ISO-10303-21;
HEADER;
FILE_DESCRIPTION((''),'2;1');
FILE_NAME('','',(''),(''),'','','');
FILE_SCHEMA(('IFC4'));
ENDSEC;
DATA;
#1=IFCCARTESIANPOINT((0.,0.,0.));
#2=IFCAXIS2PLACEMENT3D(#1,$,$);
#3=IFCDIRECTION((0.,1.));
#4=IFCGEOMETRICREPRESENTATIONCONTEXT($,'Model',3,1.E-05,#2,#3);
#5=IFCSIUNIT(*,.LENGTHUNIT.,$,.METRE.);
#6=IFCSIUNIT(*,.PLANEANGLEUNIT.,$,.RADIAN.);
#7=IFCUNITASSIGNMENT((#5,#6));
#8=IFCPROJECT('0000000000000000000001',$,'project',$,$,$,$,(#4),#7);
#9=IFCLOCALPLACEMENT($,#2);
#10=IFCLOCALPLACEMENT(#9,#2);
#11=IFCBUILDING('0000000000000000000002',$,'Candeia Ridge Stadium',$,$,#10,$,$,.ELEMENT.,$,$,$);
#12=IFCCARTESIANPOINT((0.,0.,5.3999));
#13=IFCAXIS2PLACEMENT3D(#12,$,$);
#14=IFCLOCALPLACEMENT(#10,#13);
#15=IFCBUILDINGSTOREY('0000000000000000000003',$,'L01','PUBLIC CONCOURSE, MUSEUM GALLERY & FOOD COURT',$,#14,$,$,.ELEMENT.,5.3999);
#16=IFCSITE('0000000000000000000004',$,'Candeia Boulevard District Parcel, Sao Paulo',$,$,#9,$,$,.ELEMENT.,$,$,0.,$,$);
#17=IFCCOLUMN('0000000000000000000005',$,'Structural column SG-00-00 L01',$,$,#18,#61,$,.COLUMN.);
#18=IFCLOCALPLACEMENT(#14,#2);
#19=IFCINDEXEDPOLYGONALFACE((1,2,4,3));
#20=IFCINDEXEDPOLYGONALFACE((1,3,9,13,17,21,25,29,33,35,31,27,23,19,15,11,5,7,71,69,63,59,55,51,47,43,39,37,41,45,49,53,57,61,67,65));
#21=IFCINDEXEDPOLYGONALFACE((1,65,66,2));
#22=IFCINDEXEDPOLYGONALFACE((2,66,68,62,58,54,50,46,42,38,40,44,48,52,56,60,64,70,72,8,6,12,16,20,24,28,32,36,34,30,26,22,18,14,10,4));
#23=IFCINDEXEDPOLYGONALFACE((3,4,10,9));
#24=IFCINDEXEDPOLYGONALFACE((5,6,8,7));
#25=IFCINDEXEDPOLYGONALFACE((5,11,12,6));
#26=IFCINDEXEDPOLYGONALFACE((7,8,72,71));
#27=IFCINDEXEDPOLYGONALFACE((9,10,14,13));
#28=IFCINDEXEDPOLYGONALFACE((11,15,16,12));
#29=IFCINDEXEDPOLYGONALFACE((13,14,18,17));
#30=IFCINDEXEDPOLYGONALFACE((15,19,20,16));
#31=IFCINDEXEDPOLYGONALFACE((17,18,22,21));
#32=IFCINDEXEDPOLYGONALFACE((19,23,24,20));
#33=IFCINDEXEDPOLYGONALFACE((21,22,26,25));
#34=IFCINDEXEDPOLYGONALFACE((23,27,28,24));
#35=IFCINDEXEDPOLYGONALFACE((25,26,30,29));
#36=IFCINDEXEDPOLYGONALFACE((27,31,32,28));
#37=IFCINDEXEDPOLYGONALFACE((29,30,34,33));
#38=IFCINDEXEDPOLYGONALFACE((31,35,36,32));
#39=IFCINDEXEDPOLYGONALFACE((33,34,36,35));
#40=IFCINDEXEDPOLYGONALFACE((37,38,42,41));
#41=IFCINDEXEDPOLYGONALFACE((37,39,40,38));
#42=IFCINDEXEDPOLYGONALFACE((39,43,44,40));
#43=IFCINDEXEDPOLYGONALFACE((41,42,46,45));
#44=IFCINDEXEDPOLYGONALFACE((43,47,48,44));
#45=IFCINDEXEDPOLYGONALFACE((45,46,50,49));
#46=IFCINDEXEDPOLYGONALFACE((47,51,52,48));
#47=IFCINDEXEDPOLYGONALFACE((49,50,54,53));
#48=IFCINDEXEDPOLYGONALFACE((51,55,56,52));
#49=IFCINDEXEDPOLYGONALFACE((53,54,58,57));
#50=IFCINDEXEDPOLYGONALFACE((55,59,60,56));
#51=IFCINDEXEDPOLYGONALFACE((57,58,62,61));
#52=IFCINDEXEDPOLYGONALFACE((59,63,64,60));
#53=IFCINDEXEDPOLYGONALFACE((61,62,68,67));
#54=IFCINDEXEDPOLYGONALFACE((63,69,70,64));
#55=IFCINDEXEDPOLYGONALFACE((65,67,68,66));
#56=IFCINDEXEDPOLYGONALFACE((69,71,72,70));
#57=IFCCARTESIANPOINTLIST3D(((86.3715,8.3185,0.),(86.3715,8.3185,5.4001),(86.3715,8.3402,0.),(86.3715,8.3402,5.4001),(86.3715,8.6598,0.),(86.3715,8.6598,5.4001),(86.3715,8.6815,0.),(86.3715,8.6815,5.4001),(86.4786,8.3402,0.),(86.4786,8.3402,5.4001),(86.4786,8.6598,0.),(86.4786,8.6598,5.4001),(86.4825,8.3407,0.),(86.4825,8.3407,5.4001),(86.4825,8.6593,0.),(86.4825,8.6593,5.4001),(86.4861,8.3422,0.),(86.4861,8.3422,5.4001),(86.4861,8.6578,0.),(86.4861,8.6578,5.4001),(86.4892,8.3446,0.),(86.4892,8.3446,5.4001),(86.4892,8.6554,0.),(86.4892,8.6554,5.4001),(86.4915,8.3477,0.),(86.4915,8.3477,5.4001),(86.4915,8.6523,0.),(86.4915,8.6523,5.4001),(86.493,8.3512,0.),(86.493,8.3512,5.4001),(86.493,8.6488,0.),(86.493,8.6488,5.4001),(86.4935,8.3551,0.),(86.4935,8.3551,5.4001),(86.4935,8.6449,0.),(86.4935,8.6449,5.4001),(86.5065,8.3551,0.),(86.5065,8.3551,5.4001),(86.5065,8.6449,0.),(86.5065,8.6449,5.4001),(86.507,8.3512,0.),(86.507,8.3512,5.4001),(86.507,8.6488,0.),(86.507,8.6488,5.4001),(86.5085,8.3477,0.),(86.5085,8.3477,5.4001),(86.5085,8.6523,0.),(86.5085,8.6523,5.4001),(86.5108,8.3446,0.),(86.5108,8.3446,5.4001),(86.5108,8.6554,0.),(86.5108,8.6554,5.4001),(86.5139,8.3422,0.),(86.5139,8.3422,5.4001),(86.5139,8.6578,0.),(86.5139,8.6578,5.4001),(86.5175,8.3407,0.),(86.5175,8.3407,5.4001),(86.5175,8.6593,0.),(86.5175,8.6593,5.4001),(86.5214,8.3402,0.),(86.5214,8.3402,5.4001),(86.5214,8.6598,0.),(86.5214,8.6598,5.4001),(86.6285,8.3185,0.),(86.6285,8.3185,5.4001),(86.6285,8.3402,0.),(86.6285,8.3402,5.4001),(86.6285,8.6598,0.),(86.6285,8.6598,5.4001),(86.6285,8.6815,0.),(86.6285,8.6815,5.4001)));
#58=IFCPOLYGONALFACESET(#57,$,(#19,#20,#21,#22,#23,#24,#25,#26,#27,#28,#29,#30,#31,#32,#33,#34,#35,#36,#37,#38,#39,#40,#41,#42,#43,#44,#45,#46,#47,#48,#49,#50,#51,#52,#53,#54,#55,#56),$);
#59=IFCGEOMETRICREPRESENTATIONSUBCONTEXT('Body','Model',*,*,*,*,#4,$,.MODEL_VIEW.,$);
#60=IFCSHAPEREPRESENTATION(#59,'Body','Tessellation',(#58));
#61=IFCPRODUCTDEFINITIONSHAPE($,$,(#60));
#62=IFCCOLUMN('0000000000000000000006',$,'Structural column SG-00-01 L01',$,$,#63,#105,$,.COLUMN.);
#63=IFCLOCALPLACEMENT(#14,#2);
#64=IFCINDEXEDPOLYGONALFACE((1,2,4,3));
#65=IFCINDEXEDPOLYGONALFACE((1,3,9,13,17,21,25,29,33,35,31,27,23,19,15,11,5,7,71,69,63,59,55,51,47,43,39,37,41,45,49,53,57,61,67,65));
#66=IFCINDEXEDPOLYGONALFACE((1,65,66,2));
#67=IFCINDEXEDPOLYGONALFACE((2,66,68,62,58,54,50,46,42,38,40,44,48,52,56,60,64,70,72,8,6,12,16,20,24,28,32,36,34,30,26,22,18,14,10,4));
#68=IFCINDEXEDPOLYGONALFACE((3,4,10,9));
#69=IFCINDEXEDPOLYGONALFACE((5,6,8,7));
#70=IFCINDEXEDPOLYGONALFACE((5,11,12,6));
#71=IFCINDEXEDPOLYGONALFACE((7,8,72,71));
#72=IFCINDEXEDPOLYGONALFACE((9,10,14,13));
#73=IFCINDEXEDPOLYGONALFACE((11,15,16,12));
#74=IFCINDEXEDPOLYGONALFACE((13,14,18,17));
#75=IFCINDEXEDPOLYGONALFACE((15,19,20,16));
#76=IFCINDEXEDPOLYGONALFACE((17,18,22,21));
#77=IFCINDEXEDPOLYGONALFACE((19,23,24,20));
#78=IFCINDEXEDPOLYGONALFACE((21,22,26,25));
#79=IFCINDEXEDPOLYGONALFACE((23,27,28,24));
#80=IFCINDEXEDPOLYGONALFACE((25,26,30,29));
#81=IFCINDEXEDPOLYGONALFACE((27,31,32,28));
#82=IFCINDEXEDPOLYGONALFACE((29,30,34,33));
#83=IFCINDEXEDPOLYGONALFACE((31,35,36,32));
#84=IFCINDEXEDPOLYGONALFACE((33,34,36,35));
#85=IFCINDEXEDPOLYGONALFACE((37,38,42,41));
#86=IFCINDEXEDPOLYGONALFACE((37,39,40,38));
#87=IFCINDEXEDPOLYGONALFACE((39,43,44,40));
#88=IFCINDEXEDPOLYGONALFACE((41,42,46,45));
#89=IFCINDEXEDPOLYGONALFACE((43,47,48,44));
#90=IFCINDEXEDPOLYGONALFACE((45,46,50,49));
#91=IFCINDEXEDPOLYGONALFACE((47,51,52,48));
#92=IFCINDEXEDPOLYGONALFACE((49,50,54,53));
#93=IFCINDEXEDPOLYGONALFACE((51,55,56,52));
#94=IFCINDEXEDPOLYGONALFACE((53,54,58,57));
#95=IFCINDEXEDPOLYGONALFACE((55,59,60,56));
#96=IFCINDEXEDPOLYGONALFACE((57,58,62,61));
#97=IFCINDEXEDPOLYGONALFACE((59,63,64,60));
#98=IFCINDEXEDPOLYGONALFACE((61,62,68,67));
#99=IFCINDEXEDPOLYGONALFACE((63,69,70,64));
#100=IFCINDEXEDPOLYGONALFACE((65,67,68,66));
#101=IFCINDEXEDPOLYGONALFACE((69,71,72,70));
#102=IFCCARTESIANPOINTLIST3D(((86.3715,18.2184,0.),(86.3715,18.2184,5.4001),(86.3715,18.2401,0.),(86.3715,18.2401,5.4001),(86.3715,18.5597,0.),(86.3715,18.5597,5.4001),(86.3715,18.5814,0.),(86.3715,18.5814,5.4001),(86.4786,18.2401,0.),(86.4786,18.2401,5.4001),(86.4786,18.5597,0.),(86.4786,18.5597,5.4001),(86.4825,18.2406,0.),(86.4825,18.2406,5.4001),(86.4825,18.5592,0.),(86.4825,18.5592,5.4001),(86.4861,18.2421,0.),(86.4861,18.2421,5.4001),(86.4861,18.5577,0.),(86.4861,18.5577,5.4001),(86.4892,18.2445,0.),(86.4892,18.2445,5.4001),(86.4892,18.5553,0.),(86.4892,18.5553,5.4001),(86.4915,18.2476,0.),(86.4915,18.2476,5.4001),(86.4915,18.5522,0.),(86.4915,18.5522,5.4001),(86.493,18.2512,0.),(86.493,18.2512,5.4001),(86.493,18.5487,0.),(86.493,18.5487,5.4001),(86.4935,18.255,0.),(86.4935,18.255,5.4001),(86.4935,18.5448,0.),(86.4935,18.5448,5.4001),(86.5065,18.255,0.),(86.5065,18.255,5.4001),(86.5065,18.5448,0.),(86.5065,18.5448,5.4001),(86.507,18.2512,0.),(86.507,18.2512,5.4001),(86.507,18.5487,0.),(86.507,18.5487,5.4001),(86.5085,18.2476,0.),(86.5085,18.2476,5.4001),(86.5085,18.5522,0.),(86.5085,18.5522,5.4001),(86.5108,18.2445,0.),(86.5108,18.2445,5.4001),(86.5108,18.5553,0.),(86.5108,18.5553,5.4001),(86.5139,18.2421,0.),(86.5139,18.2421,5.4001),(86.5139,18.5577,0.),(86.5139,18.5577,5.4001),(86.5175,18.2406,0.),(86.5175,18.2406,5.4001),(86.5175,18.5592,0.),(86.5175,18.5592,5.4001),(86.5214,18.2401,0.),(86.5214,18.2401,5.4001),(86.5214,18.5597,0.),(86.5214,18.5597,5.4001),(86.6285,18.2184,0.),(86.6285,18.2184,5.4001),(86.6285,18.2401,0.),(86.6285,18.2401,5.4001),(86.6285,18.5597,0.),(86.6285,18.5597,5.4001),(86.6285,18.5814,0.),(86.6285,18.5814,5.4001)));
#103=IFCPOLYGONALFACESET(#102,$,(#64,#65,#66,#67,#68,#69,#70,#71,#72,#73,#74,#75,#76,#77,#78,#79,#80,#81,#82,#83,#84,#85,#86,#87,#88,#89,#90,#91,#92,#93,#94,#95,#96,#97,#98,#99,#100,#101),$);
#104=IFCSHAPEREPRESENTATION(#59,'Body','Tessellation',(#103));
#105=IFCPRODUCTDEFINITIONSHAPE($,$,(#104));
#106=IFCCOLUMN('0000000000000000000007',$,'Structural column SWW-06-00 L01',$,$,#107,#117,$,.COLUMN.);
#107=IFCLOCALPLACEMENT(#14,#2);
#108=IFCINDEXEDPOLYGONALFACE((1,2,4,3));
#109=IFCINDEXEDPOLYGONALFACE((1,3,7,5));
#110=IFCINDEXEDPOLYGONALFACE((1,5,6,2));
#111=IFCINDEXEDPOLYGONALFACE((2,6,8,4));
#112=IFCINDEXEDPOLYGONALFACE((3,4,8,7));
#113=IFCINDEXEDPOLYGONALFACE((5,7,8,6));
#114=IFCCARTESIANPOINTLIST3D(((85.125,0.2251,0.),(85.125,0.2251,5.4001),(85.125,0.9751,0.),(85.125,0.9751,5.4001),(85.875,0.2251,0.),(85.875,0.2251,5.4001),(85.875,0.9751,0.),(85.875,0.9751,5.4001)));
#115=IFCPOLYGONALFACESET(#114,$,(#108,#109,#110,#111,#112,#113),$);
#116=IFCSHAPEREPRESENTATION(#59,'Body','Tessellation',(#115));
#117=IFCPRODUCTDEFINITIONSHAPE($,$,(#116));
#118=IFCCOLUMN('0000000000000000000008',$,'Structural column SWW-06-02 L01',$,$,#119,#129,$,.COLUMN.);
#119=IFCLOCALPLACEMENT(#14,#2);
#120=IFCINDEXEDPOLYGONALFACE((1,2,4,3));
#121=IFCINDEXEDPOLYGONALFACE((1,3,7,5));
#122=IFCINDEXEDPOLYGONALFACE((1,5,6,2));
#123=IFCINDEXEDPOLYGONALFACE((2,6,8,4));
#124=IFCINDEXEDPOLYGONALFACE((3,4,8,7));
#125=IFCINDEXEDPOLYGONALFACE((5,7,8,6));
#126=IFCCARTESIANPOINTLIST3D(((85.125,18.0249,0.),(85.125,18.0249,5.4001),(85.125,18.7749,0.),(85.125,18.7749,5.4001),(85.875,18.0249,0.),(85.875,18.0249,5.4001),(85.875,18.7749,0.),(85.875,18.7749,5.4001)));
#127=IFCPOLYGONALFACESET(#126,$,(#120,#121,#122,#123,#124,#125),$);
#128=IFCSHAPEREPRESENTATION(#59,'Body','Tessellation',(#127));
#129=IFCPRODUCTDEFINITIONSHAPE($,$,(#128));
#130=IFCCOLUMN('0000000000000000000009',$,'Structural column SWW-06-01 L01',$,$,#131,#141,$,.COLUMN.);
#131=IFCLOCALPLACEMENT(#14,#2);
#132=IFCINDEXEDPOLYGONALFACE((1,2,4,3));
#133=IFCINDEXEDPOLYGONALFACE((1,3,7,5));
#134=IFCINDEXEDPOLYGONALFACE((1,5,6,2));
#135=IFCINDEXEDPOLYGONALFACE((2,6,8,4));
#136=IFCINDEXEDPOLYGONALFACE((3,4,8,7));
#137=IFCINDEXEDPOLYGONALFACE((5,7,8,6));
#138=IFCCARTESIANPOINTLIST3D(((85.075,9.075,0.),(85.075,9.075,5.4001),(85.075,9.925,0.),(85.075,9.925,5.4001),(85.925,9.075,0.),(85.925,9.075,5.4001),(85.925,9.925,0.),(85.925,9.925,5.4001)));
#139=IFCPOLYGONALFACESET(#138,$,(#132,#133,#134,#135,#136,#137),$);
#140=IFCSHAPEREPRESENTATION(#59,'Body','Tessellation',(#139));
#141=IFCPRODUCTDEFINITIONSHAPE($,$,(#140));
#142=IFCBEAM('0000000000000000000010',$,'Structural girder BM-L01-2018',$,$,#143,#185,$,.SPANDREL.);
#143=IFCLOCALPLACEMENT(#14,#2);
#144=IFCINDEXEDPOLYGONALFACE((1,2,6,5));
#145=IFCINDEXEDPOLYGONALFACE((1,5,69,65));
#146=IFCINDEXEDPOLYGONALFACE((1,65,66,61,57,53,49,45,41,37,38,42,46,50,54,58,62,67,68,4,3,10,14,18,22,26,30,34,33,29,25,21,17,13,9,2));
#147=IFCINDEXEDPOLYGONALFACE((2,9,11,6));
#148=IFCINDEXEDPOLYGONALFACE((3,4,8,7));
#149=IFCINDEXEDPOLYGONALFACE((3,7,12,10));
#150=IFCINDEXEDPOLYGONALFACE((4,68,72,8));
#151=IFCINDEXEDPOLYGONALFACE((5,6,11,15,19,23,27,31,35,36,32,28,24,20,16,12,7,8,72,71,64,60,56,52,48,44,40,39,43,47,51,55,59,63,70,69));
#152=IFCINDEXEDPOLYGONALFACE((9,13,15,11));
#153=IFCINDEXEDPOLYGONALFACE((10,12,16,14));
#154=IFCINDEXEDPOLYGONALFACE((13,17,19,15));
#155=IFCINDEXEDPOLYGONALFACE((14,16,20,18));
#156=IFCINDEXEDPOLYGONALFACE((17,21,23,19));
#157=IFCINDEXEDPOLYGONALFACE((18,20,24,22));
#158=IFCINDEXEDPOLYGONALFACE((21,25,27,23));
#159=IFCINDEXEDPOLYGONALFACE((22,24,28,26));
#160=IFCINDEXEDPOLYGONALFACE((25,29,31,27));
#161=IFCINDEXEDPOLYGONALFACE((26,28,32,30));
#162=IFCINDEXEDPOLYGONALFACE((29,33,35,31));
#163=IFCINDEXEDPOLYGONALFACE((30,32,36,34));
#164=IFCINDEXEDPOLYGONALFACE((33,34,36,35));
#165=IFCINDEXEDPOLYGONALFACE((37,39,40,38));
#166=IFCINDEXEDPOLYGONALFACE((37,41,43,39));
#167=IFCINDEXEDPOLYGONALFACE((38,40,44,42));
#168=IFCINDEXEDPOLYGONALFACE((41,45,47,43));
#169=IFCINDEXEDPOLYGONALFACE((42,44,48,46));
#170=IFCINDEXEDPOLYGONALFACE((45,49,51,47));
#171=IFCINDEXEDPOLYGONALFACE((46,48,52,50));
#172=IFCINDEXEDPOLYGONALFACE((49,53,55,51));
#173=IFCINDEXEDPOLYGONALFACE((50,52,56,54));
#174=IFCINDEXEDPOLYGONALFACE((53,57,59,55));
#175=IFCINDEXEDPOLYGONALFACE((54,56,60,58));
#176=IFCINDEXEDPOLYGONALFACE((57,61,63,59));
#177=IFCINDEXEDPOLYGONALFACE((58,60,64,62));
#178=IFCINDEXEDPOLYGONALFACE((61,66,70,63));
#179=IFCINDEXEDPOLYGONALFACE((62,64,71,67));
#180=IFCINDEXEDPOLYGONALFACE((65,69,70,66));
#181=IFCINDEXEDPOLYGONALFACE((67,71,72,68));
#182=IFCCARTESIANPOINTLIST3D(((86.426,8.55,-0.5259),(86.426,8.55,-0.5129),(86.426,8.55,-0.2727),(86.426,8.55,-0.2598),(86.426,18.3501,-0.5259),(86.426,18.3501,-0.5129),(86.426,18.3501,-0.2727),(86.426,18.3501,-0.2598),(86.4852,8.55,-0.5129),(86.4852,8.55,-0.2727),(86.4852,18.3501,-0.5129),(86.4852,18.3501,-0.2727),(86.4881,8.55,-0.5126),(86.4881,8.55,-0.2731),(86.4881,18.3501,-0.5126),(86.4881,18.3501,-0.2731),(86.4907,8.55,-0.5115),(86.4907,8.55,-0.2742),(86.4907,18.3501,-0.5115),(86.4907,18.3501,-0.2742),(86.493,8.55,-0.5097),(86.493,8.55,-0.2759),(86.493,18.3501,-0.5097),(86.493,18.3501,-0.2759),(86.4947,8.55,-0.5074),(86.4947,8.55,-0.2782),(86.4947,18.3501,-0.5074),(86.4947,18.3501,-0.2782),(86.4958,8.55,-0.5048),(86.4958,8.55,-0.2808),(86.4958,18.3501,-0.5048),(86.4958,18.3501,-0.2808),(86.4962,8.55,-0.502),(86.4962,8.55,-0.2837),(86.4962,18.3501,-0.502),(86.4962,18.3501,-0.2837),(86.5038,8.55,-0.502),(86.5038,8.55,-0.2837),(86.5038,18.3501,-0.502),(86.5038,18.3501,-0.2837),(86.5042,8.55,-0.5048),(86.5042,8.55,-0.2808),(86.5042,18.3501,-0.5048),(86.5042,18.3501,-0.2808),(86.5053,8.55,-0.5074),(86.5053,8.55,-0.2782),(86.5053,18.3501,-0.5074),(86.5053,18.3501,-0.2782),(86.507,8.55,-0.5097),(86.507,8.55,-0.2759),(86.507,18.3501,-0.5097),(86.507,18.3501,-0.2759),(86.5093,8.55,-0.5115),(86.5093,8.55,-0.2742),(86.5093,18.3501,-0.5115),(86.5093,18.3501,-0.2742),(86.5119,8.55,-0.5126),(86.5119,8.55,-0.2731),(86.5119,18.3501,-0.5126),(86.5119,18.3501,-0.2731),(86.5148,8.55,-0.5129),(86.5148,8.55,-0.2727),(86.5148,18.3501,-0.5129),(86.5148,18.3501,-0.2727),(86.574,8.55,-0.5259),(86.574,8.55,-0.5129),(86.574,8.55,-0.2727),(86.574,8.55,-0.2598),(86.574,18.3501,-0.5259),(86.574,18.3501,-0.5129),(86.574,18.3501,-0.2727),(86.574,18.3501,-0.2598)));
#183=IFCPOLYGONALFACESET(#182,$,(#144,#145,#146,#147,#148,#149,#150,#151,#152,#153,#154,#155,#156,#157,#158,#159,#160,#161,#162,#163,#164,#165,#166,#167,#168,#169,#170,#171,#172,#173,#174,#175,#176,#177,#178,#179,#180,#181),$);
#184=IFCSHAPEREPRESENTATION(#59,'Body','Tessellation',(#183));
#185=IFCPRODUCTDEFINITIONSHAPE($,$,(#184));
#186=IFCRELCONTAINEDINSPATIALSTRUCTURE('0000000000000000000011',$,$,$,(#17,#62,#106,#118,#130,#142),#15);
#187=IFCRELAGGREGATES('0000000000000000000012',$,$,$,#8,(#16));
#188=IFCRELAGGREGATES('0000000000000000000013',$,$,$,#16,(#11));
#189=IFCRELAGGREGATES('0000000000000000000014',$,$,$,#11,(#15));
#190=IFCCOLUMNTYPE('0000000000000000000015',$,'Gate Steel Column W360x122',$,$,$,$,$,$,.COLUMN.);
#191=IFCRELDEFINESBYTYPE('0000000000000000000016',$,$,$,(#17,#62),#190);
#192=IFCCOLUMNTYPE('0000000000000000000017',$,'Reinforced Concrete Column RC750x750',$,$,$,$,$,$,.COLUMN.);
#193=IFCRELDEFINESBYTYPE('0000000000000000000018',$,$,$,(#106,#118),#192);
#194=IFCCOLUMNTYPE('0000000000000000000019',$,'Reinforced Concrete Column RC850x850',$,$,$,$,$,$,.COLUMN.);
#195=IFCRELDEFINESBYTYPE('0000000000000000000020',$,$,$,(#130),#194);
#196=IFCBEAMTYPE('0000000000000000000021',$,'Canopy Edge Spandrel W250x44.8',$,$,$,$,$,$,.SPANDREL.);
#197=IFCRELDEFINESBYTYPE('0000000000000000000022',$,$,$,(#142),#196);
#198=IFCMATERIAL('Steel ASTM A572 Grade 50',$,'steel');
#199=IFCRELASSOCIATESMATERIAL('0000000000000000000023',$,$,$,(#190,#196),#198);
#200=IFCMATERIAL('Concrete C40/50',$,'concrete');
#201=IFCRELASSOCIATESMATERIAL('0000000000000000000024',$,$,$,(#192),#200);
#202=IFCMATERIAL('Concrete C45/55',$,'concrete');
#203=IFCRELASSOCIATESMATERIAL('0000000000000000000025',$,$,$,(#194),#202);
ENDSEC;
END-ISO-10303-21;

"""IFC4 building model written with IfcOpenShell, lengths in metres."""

from ifc_helpers import new_model, si_unit, direction, frame, origin, origin_2d, place, context, subcontext, project, spatial, rectangle, i_section, extrude, material, material_profile, profile_set, type_object, element, save


model = new_model("IFC4")

# Units and contexts
model_context = context("Model", 3, precision=1e-05, world=origin(), true_north=direction((0.0, 1.0)))
body_context = subcontext(model_context, "Body", "Model", "MODEL_VIEW")
ifc_project = project(units=[si_unit("LENGTHUNIT", "METRE"), si_unit("PLANEANGLEUNIT", "RADIAN")], contexts=[model_context])

# Site, building, storey
site_placement = place(None, origin())
site = spatial("IfcSite", under=ifc_project, at=site_placement, Name="Candeia Boulevard District Parcel, Sao Paulo", CompositionType="ELEMENT", RefElevation=0.0)
building_placement = place(site_placement, origin())
building = spatial("IfcBuilding", under=site, at=building_placement, Name="Candeia Ridge Stadium", CompositionType="ELEMENT")
storey_placement = place(building_placement, frame((0.0, 0.0, 5.3999)))
storey = spatial("IfcBuildingStorey", under=building, at=storey_placement, Name="L01", Description="PUBLIC CONCOURSE, MUSEUM GALLERY & FOOD COURT", CompositionType="ELEMENT", Elevation=5.3999)

# Columns
ifc_material_1 = material(Name="Steel ASTM A572 Grade 50", Category="steel")
ifc_material_profile_1 = material_profile(ifc_material_1, i_section(OverallWidth=0.2571, OverallDepth=0.363, WebThickness=0.0129, FlangeThickness=0.0217, FilletRadius=0.0149, at=origin_2d()), Name="W360x122", Category="steel")
ifc_profile_set_1 = profile_set([ifc_material_profile_1], Name="Steel ASTM A572 Grade 50")
column_type_1 = type_object("IfcColumnType", Name="Gate Steel Column W360x122", PredefinedType="COLUMN", material=ifc_profile_set_1)
for number, where, z_axis, x_axis, name in (
    (1, (86.5, 8.5, 0.0), (0.0, 0.0, 1.0), (1.0, 0.0, 0.0), "Structural column SG-00-00 L01"),
    (2, (86.5, 18.3999, 0.0), (0.0, 0.0, 1.0), (1.0, 0.0, 0.0), "Structural column SG-00-01 L01"),
):
    element("IfcColumn", number, at=place(storey_placement, frame(where, z_axis=z_axis, x_axis=x_axis)), inside=storey, type_object=column_type_1, Name=name, PredefinedType="COLUMN", context=body_context, shape_type="SweptSolid", body=[
        extrude(i_section(OverallWidth=0.2571, OverallDepth=0.363, WebThickness=0.0129, FlangeThickness=0.0217, FilletRadius=0.0149, at=origin_2d()), origin(), (0.0, 0.0, 1.0), 5.4001),
    ])
ifc_material_2 = material(Name="Concrete C40/50", Category="concrete")
ifc_material_profile_2 = material_profile(ifc_material_2, rectangle(XDim=0.75, YDim=0.75, at=origin_2d()), Name="RC750x750", Category="concrete")
ifc_profile_set_2 = profile_set([ifc_material_profile_2], Name="Concrete C40/50")
column_type_2 = type_object("IfcColumnType", Name="Reinforced Concrete Column RC750x750", PredefinedType="COLUMN", material=ifc_profile_set_2)
for number, where, z_axis, x_axis, name in (
    (3, (85.5, 0.6001, 0.0), (0.0, 0.0, 1.0), (1.0, 0.0, 0.0), "Structural column SWW-06-00 L01"),
    (4, (85.5, 18.3999, 0.0), (0.0, 0.0, 1.0), (1.0, 0.0, 0.0), "Structural column SWW-06-02 L01"),
):
    element("IfcColumn", number, at=place(storey_placement, frame(where, z_axis=z_axis, x_axis=x_axis)), inside=storey, type_object=column_type_2, Name=name, PredefinedType="COLUMN", context=body_context, shape_type="SweptSolid", body=[
        extrude(rectangle(XDim=0.75, YDim=0.75, at=origin_2d()), origin(), (0.0, 0.0, 1.0), 5.4001),
    ])
ifc_material_3 = material(Name="Concrete C45/55", Category="concrete")
ifc_material_profile_3 = material_profile(ifc_material_3, rectangle(XDim=0.8501, YDim=0.8501, at=origin_2d()), Name="RC850x850", Category="concrete")
ifc_profile_set_3 = profile_set([ifc_material_profile_3], Name="Concrete C45/55")
column_type_3 = type_object("IfcColumnType", Name="Reinforced Concrete Column RC850x850", PredefinedType="COLUMN", material=ifc_profile_set_3)
column_placement = place(storey_placement, frame((85.5, 9.5, 0.0), z_axis=(0.0, 0.0, 1.0), x_axis=(1.0, 0.0, 0.0)))
element("IfcColumn", 5, at=column_placement, inside=storey, type_object=column_type_3, Name="Structural column SWW-06-01 L01", PredefinedType="COLUMN", context=body_context, shape_type="SweptSolid", body=[
    extrude(rectangle(XDim=0.8501, YDim=0.8501, at=origin_2d()), origin(), (0.0, 0.0, 1.0), 5.4001),
])

# Beam
ifc_material_profile_4 = material_profile(ifc_material_1, i_section(OverallWidth=0.1479, OverallDepth=0.2661, WebThickness=0.0076, FlangeThickness=0.0129, FilletRadius=0.011, at=origin_2d()), Name="W250x44.8", Category="steel")
ifc_profile_set_4 = profile_set([ifc_material_profile_4], Name="Steel ASTM A572 Grade 50")
beam_type_1 = type_object("IfcBeamType", Name="Canopy Edge Spandrel W250x44.8", PredefinedType="SPANDREL", material=ifc_profile_set_4)
beam_1_placement = place(storey_placement, frame((86.5, 8.55, -0.3928), z_axis=(0.0, 1.0, 0.0), x_axis=(-1.0, 0.0, 0.0)))
element("IfcBeam", 6, at=beam_1_placement, inside=storey, type_object=beam_type_1, Name="Structural girder BM-L01-2018", PredefinedType="SPANDREL", context=body_context, shape_type="SweptSolid", body=[
    extrude(i_section(OverallWidth=0.1479, OverallDepth=0.2661, WebThickness=0.0076, FlangeThickness=0.0129, FilletRadius=0.011, at=origin_2d()), origin(), (0.0, 0.0, 1.0), 9.8),
])

save(model, "model.ifc")
